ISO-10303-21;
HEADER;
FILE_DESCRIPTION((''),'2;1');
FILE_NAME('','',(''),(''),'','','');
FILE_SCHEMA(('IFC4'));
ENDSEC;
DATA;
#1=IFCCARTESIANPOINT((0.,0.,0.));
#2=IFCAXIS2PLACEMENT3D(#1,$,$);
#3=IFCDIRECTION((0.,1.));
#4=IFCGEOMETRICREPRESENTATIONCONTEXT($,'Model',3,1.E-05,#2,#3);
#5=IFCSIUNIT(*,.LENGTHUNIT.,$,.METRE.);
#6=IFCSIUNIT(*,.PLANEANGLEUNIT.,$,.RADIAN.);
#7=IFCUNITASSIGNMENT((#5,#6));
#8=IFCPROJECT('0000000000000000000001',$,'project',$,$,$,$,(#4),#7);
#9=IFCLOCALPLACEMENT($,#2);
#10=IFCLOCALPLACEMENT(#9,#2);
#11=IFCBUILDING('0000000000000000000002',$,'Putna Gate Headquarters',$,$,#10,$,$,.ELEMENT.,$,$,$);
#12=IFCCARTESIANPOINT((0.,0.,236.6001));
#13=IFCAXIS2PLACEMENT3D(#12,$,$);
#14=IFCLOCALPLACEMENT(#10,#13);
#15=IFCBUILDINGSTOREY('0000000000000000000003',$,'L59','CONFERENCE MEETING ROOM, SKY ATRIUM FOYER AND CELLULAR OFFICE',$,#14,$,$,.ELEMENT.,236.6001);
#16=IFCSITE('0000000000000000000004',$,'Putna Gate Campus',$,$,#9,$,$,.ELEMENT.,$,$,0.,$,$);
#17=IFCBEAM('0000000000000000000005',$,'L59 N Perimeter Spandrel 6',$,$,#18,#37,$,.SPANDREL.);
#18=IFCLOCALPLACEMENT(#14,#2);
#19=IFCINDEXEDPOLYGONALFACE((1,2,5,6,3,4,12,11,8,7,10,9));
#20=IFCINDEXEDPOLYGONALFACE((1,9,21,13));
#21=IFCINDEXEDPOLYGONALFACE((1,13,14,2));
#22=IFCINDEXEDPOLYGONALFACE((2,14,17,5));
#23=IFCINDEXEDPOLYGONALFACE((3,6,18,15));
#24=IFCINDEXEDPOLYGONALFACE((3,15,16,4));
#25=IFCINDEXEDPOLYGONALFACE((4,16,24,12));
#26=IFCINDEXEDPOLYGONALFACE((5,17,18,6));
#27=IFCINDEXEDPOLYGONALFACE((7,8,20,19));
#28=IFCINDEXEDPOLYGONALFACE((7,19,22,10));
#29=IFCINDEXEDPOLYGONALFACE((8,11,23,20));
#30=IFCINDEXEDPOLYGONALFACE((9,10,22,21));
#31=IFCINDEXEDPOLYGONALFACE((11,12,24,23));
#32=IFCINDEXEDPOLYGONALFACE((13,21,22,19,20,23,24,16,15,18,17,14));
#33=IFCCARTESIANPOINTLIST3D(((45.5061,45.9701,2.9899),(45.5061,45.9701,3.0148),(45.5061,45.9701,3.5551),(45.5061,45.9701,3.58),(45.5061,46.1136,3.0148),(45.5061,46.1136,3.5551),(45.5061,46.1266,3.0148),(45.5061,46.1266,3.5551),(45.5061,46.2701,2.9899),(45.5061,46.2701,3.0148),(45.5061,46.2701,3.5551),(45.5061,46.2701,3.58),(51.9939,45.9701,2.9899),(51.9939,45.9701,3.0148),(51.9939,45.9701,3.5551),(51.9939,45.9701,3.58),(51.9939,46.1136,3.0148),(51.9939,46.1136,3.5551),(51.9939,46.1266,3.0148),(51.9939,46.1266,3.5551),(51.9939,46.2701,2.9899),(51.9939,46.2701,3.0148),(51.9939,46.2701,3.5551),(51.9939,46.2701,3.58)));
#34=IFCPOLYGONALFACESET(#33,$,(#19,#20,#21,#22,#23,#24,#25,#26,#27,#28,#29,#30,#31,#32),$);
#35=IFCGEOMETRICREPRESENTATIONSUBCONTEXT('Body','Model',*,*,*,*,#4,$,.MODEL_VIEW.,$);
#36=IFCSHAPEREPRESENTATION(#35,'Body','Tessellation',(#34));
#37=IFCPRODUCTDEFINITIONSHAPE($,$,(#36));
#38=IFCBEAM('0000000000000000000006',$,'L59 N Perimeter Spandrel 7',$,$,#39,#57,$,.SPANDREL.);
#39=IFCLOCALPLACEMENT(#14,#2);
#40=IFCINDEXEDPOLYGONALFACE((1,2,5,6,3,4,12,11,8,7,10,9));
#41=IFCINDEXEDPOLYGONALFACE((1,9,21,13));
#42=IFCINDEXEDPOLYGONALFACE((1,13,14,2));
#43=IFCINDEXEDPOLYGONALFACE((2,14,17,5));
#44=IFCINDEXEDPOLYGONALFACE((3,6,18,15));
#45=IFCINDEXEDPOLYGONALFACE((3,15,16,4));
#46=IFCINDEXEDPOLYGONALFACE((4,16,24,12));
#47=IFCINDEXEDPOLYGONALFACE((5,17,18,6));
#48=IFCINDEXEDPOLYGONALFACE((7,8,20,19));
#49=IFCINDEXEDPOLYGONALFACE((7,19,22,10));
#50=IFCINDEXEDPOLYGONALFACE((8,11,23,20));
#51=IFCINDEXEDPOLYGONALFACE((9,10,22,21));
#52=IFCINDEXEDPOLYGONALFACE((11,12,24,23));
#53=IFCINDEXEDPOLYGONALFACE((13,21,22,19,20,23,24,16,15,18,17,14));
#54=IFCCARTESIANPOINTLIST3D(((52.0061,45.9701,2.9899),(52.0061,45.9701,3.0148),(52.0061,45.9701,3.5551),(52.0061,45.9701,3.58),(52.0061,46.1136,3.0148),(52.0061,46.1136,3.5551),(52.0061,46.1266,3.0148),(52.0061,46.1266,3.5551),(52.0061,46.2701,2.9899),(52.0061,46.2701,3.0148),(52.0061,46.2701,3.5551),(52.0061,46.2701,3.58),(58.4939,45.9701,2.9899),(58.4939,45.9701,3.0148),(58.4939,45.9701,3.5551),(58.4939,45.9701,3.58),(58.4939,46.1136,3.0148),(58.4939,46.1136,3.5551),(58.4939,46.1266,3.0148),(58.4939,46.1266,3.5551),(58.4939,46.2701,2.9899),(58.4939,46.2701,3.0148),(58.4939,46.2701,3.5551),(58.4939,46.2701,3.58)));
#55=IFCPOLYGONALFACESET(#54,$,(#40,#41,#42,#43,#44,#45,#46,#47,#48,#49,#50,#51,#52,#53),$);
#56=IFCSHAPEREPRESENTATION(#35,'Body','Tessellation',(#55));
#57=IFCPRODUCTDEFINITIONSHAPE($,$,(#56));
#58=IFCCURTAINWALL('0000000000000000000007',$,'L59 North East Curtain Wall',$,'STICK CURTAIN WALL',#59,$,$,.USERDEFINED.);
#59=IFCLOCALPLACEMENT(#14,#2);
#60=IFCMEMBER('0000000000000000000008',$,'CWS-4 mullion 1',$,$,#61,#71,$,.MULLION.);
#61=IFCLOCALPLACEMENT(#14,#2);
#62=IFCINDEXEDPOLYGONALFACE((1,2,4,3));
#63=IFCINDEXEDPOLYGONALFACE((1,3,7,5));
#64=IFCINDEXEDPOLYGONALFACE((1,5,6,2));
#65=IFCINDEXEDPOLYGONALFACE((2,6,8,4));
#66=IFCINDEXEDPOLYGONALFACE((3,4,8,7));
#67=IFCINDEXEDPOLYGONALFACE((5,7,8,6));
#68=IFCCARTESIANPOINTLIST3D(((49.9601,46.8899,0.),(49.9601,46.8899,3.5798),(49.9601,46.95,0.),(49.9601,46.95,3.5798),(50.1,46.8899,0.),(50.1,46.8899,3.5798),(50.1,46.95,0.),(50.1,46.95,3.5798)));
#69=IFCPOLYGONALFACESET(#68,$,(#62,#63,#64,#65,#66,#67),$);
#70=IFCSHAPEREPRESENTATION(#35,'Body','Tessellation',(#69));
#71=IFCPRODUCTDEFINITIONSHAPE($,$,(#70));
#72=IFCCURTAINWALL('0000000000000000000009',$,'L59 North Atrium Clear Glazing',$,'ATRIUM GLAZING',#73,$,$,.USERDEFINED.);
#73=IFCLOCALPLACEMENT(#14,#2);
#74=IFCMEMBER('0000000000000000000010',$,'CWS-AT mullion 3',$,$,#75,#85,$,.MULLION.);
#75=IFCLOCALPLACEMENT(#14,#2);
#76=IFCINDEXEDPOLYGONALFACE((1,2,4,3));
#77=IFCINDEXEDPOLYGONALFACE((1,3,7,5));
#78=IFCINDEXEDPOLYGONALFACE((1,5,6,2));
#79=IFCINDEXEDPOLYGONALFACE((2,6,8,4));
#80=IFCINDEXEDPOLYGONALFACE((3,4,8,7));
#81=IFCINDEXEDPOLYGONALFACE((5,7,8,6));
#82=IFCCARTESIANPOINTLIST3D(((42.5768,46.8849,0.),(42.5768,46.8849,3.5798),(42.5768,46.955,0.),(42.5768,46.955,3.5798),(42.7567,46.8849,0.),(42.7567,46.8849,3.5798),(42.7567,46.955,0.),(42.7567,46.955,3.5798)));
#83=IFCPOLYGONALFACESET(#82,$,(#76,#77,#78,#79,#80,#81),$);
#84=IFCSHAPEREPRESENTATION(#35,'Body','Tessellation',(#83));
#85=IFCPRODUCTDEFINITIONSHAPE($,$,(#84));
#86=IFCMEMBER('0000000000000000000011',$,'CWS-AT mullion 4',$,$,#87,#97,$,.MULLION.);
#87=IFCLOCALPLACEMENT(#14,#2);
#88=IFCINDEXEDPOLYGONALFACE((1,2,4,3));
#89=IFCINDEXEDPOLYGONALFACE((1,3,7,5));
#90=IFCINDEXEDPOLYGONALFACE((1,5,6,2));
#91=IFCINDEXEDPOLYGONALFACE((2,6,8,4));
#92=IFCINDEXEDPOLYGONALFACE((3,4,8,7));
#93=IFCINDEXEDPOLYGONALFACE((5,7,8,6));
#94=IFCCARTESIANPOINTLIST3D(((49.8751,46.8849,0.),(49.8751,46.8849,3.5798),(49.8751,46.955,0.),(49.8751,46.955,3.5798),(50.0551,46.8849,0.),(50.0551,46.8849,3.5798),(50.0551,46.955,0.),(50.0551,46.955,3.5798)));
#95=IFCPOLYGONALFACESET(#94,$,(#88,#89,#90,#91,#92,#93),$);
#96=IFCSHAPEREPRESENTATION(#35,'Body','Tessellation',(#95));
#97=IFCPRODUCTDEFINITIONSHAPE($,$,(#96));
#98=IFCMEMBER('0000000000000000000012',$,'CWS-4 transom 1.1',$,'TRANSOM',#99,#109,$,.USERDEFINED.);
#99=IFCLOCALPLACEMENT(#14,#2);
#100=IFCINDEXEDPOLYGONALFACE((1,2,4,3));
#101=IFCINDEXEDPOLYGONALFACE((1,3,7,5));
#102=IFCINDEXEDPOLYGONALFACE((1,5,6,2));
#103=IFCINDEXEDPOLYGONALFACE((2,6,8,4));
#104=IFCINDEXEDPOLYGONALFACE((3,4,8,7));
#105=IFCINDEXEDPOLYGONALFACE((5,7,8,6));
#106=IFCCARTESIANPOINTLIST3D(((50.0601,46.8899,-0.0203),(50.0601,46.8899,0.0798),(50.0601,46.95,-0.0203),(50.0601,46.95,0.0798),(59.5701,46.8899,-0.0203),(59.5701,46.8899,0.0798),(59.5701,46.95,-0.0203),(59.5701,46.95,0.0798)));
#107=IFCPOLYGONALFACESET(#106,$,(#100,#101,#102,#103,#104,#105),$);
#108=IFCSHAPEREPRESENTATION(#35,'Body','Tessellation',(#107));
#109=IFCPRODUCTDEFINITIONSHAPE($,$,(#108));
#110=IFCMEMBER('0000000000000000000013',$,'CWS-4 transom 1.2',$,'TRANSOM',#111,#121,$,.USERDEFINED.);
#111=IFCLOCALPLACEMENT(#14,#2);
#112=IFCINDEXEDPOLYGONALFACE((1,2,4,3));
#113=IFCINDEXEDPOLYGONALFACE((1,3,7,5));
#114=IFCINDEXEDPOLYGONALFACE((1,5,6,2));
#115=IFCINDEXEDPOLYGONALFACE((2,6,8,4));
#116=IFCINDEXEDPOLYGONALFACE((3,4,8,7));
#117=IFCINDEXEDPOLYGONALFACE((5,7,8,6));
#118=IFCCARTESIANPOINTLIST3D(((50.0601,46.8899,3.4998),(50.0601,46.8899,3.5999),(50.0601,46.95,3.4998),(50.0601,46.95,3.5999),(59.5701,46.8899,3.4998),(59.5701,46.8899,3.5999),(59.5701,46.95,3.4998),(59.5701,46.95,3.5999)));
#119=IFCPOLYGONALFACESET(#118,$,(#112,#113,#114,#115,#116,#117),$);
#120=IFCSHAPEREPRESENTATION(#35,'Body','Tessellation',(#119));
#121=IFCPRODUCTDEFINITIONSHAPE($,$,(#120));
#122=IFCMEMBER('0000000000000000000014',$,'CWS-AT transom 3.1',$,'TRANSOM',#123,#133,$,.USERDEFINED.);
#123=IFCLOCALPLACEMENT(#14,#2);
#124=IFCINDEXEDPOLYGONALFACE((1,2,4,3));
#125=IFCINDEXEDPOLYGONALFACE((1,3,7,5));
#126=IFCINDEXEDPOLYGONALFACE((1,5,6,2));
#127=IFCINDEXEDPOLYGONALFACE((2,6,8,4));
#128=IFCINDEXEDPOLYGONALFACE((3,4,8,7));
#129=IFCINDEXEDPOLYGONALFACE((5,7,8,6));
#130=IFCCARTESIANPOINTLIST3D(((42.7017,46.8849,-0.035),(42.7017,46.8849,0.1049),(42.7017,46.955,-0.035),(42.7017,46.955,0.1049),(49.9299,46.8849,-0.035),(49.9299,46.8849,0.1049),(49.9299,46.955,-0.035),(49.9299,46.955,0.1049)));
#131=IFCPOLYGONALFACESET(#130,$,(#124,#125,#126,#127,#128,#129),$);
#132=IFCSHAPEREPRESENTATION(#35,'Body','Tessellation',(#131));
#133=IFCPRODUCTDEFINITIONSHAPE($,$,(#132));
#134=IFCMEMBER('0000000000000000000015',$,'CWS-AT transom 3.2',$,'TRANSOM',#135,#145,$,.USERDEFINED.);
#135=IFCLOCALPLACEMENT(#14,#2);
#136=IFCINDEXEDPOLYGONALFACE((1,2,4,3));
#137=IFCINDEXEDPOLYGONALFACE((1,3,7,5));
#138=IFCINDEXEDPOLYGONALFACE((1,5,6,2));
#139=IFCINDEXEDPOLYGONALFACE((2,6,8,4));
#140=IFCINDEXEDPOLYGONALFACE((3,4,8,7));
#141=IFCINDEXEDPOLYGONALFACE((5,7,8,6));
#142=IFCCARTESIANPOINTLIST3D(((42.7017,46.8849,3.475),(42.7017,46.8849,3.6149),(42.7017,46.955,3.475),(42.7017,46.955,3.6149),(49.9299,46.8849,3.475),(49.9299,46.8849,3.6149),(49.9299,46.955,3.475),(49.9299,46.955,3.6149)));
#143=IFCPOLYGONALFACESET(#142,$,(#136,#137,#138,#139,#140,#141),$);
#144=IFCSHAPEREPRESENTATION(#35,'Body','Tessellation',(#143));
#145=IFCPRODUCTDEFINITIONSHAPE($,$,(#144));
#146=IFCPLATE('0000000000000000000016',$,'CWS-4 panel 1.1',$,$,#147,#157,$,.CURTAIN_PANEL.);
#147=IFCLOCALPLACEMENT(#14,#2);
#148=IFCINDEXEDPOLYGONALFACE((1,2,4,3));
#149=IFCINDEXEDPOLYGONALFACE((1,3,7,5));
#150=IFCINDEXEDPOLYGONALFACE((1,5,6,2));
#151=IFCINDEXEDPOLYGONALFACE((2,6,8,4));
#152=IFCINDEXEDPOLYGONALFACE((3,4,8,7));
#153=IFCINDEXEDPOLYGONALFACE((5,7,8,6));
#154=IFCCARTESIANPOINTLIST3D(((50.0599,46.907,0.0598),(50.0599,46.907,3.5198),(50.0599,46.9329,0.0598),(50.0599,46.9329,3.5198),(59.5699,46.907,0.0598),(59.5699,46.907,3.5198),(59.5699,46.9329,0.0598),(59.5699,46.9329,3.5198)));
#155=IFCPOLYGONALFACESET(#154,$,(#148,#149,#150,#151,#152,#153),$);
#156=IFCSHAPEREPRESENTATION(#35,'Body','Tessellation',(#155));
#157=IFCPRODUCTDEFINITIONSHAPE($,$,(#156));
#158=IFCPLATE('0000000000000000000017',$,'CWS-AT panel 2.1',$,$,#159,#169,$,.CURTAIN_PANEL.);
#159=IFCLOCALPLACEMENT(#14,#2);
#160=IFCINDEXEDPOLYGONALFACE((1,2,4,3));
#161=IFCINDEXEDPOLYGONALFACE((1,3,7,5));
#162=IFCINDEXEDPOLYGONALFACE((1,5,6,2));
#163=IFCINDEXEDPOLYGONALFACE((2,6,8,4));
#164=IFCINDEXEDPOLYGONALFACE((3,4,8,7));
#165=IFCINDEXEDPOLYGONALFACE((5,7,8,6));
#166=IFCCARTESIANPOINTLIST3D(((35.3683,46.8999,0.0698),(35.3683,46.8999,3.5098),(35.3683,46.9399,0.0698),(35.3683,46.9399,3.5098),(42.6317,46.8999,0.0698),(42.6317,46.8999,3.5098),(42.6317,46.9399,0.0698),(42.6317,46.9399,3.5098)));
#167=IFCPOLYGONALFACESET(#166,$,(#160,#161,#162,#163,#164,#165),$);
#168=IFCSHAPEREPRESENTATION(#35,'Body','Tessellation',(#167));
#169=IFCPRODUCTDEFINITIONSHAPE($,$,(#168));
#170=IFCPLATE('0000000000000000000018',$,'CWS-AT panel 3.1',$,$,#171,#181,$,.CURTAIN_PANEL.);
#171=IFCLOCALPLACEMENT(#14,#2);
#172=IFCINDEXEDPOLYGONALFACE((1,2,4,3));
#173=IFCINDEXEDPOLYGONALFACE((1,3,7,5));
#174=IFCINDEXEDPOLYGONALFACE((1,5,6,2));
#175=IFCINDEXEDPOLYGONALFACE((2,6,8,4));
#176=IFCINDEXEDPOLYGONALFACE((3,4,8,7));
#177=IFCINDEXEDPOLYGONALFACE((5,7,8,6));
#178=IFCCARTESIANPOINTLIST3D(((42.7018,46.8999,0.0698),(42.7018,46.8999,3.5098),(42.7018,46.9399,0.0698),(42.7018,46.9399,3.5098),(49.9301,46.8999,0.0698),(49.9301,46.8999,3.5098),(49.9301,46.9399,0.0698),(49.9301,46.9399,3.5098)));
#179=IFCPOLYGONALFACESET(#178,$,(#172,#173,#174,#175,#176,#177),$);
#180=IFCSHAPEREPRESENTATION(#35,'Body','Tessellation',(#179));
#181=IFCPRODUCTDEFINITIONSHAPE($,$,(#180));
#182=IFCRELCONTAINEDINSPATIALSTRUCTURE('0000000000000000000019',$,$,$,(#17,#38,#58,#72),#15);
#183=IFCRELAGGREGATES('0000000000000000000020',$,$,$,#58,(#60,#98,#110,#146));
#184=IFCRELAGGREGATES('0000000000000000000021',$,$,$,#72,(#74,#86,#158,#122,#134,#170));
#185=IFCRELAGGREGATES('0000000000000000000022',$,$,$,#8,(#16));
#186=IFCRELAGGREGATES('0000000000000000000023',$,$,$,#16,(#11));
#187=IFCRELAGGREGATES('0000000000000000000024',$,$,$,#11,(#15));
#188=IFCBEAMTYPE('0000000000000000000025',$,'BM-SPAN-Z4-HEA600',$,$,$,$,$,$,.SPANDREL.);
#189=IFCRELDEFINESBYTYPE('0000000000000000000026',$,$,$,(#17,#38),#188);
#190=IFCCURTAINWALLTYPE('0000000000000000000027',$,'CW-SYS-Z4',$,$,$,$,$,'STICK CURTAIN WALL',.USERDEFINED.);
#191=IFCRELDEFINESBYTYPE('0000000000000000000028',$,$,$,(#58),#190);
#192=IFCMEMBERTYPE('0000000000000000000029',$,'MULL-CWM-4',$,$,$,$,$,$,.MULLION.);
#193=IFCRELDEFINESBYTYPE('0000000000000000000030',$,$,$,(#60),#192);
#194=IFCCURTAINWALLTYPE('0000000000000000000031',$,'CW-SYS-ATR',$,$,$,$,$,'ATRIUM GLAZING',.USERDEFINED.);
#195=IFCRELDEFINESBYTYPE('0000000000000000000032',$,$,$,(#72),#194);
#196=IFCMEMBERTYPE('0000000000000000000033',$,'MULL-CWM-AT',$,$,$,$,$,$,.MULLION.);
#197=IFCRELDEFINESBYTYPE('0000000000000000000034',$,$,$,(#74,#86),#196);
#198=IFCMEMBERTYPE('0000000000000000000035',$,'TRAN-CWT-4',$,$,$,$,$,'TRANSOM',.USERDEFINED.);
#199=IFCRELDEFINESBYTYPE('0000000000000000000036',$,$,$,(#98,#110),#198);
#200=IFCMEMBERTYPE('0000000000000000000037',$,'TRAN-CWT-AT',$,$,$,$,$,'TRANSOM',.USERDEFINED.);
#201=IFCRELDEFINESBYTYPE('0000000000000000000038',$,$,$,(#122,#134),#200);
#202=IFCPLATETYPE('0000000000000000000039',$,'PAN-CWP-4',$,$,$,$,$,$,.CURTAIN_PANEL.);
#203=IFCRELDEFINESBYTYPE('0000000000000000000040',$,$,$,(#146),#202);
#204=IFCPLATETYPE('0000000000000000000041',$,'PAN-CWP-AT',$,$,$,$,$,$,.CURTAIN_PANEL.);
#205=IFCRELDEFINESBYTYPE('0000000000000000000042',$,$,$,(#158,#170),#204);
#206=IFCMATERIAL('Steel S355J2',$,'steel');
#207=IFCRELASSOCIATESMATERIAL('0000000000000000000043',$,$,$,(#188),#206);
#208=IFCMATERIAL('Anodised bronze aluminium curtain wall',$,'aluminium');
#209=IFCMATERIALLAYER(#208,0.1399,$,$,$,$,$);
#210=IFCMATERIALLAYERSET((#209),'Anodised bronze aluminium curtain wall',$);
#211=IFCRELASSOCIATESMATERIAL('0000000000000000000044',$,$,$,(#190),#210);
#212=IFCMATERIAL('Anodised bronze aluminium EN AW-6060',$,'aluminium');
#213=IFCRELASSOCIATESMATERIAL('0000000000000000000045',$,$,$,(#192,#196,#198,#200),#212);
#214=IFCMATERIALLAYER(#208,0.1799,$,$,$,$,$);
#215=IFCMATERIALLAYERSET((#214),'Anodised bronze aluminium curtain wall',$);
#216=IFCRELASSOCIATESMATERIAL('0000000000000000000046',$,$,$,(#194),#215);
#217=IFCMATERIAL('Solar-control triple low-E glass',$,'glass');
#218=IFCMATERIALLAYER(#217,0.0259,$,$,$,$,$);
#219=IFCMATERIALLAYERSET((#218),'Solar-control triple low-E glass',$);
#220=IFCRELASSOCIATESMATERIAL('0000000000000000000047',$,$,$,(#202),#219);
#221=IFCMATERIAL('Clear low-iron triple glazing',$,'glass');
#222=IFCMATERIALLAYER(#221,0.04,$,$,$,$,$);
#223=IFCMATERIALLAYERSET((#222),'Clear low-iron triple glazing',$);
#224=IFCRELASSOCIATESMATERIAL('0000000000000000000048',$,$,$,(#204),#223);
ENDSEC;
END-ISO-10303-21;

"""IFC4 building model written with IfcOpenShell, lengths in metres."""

from ifc_helpers import new_model, si_unit, direction, frame, origin, origin_2d, place, context, subcontext, project, spatial, rectangle, i_section, extrude, material, layer, layer_set, material_profile, profile_set, type_object, element, aggregate, save


model = new_model("IFC4")

# Units and contexts
model_context = context("Model", 3, precision=1e-05, world=origin(), true_north=direction((0.0, 1.0)))
body_context = subcontext(model_context, "Body", "Model", "MODEL_VIEW")
ifc_project = project(units=[si_unit("LENGTHUNIT", "METRE"), si_unit("PLANEANGLEUNIT", "RADIAN")], contexts=[model_context])

# Site, building, storey
site_placement = place(None, origin())
site = spatial("IfcSite", under=ifc_project, at=site_placement, Name="Putna Gate Campus", CompositionType="ELEMENT", RefElevation=0.0)
building_placement = place(site_placement, origin())
building = spatial("IfcBuilding", under=site, at=building_placement, Name="Putna Gate Headquarters", CompositionType="ELEMENT")
storey_placement = place(building_placement, frame((0.0, 0.0, 236.6001)))
storey = spatial("IfcBuildingStorey", under=building, at=storey_placement, Name="L59", Description="CONFERENCE MEETING ROOM, SKY ATRIUM FOYER AND CELLULAR OFFICE", CompositionType="ELEMENT", Elevation=236.6001)

# Beams
ifc_material_1 = material(Name="Steel S355J2", Category="steel")
ifc_material_profile_1 = material_profile(ifc_material_1, i_section(OverallWidth=0.3, OverallDepth=0.5901, WebThickness=0.0129, FlangeThickness=0.0249, at=origin_2d()), Name="Steel S355J2")
ifc_profile_set_1 = profile_set([ifc_material_profile_1], Name="Steel S355J2")
beam_type_1 = type_object("IfcBeamType", Name="BM-SPAN-Z4-HEA600", PredefinedType="SPANDREL", material=ifc_profile_set_1)
for number, where, z_axis, x_axis, name in (
    (1, (45.5061, 46.1201, 3.2849), (1.0, 0.0, 0.0), (0.0, 1.0, 0.0), "L59 N Perimeter Spandrel 6"),
    (2, (52.0061, 46.1201, 3.2849), (1.0, 0.0, 0.0), (0.0, 1.0, 0.0), "L59 N Perimeter Spandrel 7"),
):
    element("IfcBeam", number, at=place(storey_placement, frame(where, z_axis=z_axis, x_axis=x_axis)), inside=storey, type_object=beam_type_1, Name=name, PredefinedType="SPANDREL", context=body_context, shape_type="SweptSolid", body=[
        extrude(i_section(OverallWidth=0.3, OverallDepth=0.5901, WebThickness=0.0129, FlangeThickness=0.0249, at=origin_2d()), origin(), (0.0, 0.0, 1.0), 6.4878),
    ])

# Curtain wall, member
ifc_material_2 = material(Name="Anodised bronze aluminium curtain wall", Category="aluminium")
ifc_layer_1 = layer(ifc_material_2, 0.1399)
ifc_layer_set_1 = layer_set([ifc_layer_1], Name="Anodised bronze aluminium curtain wall")
curtain_wall_type_1 = type_object("IfcCurtainWallType", Name="CW-SYS-Z4", ElementType="STICK CURTAIN WALL", PredefinedType="USERDEFINED", material=ifc_layer_set_1)
curtain_wall_1_placement = place(storey_placement, origin())
curtain_wall_1 = element("IfcCurtainWall", 3, at=curtain_wall_1_placement, inside=storey, type_object=curtain_wall_type_1, Name="L59 North East Curtain Wall", ObjectType="STICK CURTAIN WALL", PredefinedType="USERDEFINED")
ifc_material_3 = material(Name="Anodised bronze aluminium EN AW-6060", Category="aluminium")
ifc_material_profile_2 = material_profile(ifc_material_3, rectangle(XDim=0.0601, YDim=0.1399, at=origin_2d()), Name="Anodised bronze aluminium EN AW-6060")
ifc_profile_set_2 = profile_set([ifc_material_profile_2], Name="Anodised bronze aluminium EN AW-6060")
member_type_1 = type_object("IfcMemberType", Name="MULL-CWM-4", PredefinedType="MULLION", material=ifc_profile_set_2)
member_1_placement = place(storey_placement, frame((50.03, 46.9199, 0.0), z_axis=(0.0, 0.0, 1.0), x_axis=(0.0, 1.0, 0.0)))
member_1 = element("IfcMember", 4, at=member_1_placement, type_object=member_type_1, Name="CWS-4 mullion 1", PredefinedType="MULLION", context=body_context, shape_type="SweptSolid", body=[
    extrude(rectangle(XDim=0.0601, YDim=0.1399, at=origin_2d()), origin(), (0.0, 0.0, 1.0), 3.5798),
])

# Curtain wall, members
ifc_layer_2 = layer(ifc_material_2, 0.1799)
ifc_layer_set_2 = layer_set([ifc_layer_2], Name="Anodised bronze aluminium curtain wall")
curtain_wall_type_2 = type_object("IfcCurtainWallType", Name="CW-SYS-ATR", ElementType="ATRIUM GLAZING", PredefinedType="USERDEFINED", material=ifc_layer_set_2)
curtain_wall_2_placement = place(storey_placement, origin())
curtain_wall_2 = element("IfcCurtainWall", 5, at=curtain_wall_2_placement, inside=storey, type_object=curtain_wall_type_2, Name="L59 North Atrium Clear Glazing", ObjectType="ATRIUM GLAZING", PredefinedType="USERDEFINED")
ifc_material_profile_3 = material_profile(ifc_material_3, rectangle(XDim=0.0701, YDim=0.1799, at=origin_2d()), Name="Anodised bronze aluminium EN AW-6060")
ifc_profile_set_3 = profile_set([ifc_material_profile_3], Name="Anodised bronze aluminium EN AW-6060")
member_type_2 = type_object("IfcMemberType", Name="MULL-CWM-AT", PredefinedType="MULLION", material=ifc_profile_set_3)
member_2_placement = place(storey_placement, frame((42.6667, 46.9199, 0.0), z_axis=(0.0, 0.0, 1.0), x_axis=(0.0, 1.0, 0.0)))
member_2 = element("IfcMember", 6, at=member_2_placement, type_object=member_type_2, Name="CWS-AT mullion 3", PredefinedType="MULLION", context=body_context, shape_type="SweptSolid", body=[
    extrude(rectangle(XDim=0.0701, YDim=0.1799, at=origin_2d()), origin(), (0.0, 0.0, 1.0), 3.5798),
])
member_3_placement = place(storey_placement, frame((49.9651, 46.9199, 0.0), z_axis=(0.0, 0.0, 1.0), x_axis=(0.0, 1.0, 0.0)))
member_3 = element("IfcMember", 7, at=member_3_placement, type_object=member_type_2, Name="CWS-AT mullion 4", PredefinedType="MULLION", context=body_context, shape_type="SweptSolid", body=[
    extrude(rectangle(XDim=0.0701, YDim=0.1799, at=origin_2d()), origin(), (0.0, 0.0, 1.0), 3.5798),
])

# Members
ifc_material_profile_4 = material_profile(ifc_material_3, rectangle(XDim=0.0601, YDim=0.1001, at=origin_2d()), Name="Anodised bronze aluminium EN AW-6060")
ifc_profile_set_4 = profile_set([ifc_material_profile_4], Name="Anodised bronze aluminium EN AW-6060")
member_type_3 = type_object("IfcMemberType", Name="TRAN-CWT-4", ElementType="TRANSOM", PredefinedType="USERDEFINED", material=ifc_profile_set_4)
member_4_placement = place(storey_placement, frame((50.0601, 46.9199, 0.0298), z_axis=(1.0, 0.0, 0.0), x_axis=(0.0, 1.0, 0.0)))
member_4 = element("IfcMember", 8, at=member_4_placement, type_object=member_type_3, Name="CWS-4 transom 1.1", ObjectType="TRANSOM", PredefinedType="USERDEFINED", context=body_context, shape_type="SweptSolid", body=[
    extrude(rectangle(XDim=0.0601, YDim=0.1001, at=origin_2d()), origin(), (0.0, 0.0, 1.0), 9.51),
])
member_5_placement = place(storey_placement, frame((50.0601, 46.9199, 3.5498), z_axis=(1.0, 0.0, 0.0), x_axis=(0.0, 1.0, 0.0)))
member_5 = element("IfcMember", 9, at=member_5_placement, type_object=member_type_3, Name="CWS-4 transom 1.2", ObjectType="TRANSOM", PredefinedType="USERDEFINED", context=body_context, shape_type="SweptSolid", body=[
    extrude(rectangle(XDim=0.0601, YDim=0.1001, at=origin_2d()), origin(), (0.0, 0.0, 1.0), 9.51),
])
ifc_material_profile_5 = material_profile(ifc_material_3, rectangle(XDim=0.0701, YDim=0.1399, at=origin_2d()), Name="Anodised bronze aluminium EN AW-6060")
ifc_profile_set_5 = profile_set([ifc_material_profile_5], Name="Anodised bronze aluminium EN AW-6060")
member_type_4 = type_object("IfcMemberType", Name="TRAN-CWT-AT", ElementType="TRANSOM", PredefinedType="USERDEFINED", material=ifc_profile_set_5)
member_6_placement = place(storey_placement, frame((42.7017, 46.9199, 0.0349), z_axis=(1.0, 0.0, 0.0), x_axis=(0.0, 1.0, 0.0)))
member_6 = element("IfcMember", 10, at=member_6_placement, type_object=member_type_4, Name="CWS-AT transom 3.1", ObjectType="TRANSOM", PredefinedType="USERDEFINED", context=body_context, shape_type="SweptSolid", body=[
    extrude(rectangle(XDim=0.0701, YDim=0.1399, at=origin_2d()), origin(), (0.0, 0.0, 1.0), 7.2283),
])
member_7_placement = place(storey_placement, frame((42.7017, 46.9199, 3.5449), z_axis=(1.0, 0.0, 0.0), x_axis=(0.0, 1.0, 0.0)))
member_7 = element("IfcMember", 11, at=member_7_placement, type_object=member_type_4, Name="CWS-AT transom 3.2", ObjectType="TRANSOM", PredefinedType="USERDEFINED", context=body_context, shape_type="SweptSolid", body=[
    extrude(rectangle(XDim=0.0701, YDim=0.1399, at=origin_2d()), origin(), (0.0, 0.0, 1.0), 7.2283),
])

# Plates
ifc_material_4 = material(Name="Solar-control triple low-E glass", Category="glass")
ifc_layer_3 = layer(ifc_material_4, 0.0259)
ifc_layer_set_3 = layer_set([ifc_layer_3], Name="Solar-control triple low-E glass")
plate_type_1 = type_object("IfcPlateType", Name="PAN-CWP-4", PredefinedType="CURTAIN_PANEL", material=ifc_layer_set_3)
plate_1_placement = place(storey_placement, frame((54.8149, 46.9199, 0.0598), z_axis=(0.0, 0.0, 1.0), x_axis=(1.0, 0.0, 0.0)))
plate_1 = element("IfcPlate", 12, at=plate_1_placement, type_object=plate_type_1, Name="CWS-4 panel 1.1", PredefinedType="CURTAIN_PANEL", context=body_context, shape_type="SweptSolid", body=[
    extrude(rectangle(XDim=9.51, YDim=0.0259, at=origin_2d()), origin(), (0.0, 0.0, 1.0), 3.46),
])
aggregate(curtain_wall_1, [member_1, member_4, member_5, plate_1])
ifc_material_5 = material(Name="Clear low-iron triple glazing", Category="glass")
ifc_layer_4 = layer(ifc_material_5, 0.04)
ifc_layer_set_4 = layer_set([ifc_layer_4], Name="Clear low-iron triple glazing")
plate_type_2 = type_object("IfcPlateType", Name="PAN-CWP-AT", PredefinedType="CURTAIN_PANEL", material=ifc_layer_set_4)
plate_2_placement = place(storey_placement, frame((39.0, 46.9199, 0.0698), z_axis=(0.0, 0.0, 1.0), x_axis=(1.0, 0.0, 0.0)))
plate_2 = element("IfcPlate", 13, at=plate_2_placement, type_object=plate_type_2, Name="CWS-AT panel 2.1", PredefinedType="CURTAIN_PANEL", context=body_context, shape_type="SweptSolid", body=[
    extrude(rectangle(XDim=7.2634, YDim=0.04, at=origin_2d()), origin(), (0.0, 0.0, 1.0), 3.4399),
])
plate_3_placement = place(storey_placement, frame((46.3159, 46.9199, 0.0698), z_axis=(0.0, 0.0, 1.0), x_axis=(1.0, 0.0, 0.0)))
plate_3 = element("IfcPlate", 14, at=plate_3_placement, type_object=plate_type_2, Name="CWS-AT panel 3.1", PredefinedType="CURTAIN_PANEL", context=body_context, shape_type="SweptSolid", body=[
    extrude(rectangle(XDim=7.2283, YDim=0.04, at=origin_2d()), origin(), (0.0, 0.0, 1.0), 3.4399),
])
aggregate(curtain_wall_2, [member_2, member_3, plate_2, member_6, member_7, plate_3])

save(model, "model.ifc")
